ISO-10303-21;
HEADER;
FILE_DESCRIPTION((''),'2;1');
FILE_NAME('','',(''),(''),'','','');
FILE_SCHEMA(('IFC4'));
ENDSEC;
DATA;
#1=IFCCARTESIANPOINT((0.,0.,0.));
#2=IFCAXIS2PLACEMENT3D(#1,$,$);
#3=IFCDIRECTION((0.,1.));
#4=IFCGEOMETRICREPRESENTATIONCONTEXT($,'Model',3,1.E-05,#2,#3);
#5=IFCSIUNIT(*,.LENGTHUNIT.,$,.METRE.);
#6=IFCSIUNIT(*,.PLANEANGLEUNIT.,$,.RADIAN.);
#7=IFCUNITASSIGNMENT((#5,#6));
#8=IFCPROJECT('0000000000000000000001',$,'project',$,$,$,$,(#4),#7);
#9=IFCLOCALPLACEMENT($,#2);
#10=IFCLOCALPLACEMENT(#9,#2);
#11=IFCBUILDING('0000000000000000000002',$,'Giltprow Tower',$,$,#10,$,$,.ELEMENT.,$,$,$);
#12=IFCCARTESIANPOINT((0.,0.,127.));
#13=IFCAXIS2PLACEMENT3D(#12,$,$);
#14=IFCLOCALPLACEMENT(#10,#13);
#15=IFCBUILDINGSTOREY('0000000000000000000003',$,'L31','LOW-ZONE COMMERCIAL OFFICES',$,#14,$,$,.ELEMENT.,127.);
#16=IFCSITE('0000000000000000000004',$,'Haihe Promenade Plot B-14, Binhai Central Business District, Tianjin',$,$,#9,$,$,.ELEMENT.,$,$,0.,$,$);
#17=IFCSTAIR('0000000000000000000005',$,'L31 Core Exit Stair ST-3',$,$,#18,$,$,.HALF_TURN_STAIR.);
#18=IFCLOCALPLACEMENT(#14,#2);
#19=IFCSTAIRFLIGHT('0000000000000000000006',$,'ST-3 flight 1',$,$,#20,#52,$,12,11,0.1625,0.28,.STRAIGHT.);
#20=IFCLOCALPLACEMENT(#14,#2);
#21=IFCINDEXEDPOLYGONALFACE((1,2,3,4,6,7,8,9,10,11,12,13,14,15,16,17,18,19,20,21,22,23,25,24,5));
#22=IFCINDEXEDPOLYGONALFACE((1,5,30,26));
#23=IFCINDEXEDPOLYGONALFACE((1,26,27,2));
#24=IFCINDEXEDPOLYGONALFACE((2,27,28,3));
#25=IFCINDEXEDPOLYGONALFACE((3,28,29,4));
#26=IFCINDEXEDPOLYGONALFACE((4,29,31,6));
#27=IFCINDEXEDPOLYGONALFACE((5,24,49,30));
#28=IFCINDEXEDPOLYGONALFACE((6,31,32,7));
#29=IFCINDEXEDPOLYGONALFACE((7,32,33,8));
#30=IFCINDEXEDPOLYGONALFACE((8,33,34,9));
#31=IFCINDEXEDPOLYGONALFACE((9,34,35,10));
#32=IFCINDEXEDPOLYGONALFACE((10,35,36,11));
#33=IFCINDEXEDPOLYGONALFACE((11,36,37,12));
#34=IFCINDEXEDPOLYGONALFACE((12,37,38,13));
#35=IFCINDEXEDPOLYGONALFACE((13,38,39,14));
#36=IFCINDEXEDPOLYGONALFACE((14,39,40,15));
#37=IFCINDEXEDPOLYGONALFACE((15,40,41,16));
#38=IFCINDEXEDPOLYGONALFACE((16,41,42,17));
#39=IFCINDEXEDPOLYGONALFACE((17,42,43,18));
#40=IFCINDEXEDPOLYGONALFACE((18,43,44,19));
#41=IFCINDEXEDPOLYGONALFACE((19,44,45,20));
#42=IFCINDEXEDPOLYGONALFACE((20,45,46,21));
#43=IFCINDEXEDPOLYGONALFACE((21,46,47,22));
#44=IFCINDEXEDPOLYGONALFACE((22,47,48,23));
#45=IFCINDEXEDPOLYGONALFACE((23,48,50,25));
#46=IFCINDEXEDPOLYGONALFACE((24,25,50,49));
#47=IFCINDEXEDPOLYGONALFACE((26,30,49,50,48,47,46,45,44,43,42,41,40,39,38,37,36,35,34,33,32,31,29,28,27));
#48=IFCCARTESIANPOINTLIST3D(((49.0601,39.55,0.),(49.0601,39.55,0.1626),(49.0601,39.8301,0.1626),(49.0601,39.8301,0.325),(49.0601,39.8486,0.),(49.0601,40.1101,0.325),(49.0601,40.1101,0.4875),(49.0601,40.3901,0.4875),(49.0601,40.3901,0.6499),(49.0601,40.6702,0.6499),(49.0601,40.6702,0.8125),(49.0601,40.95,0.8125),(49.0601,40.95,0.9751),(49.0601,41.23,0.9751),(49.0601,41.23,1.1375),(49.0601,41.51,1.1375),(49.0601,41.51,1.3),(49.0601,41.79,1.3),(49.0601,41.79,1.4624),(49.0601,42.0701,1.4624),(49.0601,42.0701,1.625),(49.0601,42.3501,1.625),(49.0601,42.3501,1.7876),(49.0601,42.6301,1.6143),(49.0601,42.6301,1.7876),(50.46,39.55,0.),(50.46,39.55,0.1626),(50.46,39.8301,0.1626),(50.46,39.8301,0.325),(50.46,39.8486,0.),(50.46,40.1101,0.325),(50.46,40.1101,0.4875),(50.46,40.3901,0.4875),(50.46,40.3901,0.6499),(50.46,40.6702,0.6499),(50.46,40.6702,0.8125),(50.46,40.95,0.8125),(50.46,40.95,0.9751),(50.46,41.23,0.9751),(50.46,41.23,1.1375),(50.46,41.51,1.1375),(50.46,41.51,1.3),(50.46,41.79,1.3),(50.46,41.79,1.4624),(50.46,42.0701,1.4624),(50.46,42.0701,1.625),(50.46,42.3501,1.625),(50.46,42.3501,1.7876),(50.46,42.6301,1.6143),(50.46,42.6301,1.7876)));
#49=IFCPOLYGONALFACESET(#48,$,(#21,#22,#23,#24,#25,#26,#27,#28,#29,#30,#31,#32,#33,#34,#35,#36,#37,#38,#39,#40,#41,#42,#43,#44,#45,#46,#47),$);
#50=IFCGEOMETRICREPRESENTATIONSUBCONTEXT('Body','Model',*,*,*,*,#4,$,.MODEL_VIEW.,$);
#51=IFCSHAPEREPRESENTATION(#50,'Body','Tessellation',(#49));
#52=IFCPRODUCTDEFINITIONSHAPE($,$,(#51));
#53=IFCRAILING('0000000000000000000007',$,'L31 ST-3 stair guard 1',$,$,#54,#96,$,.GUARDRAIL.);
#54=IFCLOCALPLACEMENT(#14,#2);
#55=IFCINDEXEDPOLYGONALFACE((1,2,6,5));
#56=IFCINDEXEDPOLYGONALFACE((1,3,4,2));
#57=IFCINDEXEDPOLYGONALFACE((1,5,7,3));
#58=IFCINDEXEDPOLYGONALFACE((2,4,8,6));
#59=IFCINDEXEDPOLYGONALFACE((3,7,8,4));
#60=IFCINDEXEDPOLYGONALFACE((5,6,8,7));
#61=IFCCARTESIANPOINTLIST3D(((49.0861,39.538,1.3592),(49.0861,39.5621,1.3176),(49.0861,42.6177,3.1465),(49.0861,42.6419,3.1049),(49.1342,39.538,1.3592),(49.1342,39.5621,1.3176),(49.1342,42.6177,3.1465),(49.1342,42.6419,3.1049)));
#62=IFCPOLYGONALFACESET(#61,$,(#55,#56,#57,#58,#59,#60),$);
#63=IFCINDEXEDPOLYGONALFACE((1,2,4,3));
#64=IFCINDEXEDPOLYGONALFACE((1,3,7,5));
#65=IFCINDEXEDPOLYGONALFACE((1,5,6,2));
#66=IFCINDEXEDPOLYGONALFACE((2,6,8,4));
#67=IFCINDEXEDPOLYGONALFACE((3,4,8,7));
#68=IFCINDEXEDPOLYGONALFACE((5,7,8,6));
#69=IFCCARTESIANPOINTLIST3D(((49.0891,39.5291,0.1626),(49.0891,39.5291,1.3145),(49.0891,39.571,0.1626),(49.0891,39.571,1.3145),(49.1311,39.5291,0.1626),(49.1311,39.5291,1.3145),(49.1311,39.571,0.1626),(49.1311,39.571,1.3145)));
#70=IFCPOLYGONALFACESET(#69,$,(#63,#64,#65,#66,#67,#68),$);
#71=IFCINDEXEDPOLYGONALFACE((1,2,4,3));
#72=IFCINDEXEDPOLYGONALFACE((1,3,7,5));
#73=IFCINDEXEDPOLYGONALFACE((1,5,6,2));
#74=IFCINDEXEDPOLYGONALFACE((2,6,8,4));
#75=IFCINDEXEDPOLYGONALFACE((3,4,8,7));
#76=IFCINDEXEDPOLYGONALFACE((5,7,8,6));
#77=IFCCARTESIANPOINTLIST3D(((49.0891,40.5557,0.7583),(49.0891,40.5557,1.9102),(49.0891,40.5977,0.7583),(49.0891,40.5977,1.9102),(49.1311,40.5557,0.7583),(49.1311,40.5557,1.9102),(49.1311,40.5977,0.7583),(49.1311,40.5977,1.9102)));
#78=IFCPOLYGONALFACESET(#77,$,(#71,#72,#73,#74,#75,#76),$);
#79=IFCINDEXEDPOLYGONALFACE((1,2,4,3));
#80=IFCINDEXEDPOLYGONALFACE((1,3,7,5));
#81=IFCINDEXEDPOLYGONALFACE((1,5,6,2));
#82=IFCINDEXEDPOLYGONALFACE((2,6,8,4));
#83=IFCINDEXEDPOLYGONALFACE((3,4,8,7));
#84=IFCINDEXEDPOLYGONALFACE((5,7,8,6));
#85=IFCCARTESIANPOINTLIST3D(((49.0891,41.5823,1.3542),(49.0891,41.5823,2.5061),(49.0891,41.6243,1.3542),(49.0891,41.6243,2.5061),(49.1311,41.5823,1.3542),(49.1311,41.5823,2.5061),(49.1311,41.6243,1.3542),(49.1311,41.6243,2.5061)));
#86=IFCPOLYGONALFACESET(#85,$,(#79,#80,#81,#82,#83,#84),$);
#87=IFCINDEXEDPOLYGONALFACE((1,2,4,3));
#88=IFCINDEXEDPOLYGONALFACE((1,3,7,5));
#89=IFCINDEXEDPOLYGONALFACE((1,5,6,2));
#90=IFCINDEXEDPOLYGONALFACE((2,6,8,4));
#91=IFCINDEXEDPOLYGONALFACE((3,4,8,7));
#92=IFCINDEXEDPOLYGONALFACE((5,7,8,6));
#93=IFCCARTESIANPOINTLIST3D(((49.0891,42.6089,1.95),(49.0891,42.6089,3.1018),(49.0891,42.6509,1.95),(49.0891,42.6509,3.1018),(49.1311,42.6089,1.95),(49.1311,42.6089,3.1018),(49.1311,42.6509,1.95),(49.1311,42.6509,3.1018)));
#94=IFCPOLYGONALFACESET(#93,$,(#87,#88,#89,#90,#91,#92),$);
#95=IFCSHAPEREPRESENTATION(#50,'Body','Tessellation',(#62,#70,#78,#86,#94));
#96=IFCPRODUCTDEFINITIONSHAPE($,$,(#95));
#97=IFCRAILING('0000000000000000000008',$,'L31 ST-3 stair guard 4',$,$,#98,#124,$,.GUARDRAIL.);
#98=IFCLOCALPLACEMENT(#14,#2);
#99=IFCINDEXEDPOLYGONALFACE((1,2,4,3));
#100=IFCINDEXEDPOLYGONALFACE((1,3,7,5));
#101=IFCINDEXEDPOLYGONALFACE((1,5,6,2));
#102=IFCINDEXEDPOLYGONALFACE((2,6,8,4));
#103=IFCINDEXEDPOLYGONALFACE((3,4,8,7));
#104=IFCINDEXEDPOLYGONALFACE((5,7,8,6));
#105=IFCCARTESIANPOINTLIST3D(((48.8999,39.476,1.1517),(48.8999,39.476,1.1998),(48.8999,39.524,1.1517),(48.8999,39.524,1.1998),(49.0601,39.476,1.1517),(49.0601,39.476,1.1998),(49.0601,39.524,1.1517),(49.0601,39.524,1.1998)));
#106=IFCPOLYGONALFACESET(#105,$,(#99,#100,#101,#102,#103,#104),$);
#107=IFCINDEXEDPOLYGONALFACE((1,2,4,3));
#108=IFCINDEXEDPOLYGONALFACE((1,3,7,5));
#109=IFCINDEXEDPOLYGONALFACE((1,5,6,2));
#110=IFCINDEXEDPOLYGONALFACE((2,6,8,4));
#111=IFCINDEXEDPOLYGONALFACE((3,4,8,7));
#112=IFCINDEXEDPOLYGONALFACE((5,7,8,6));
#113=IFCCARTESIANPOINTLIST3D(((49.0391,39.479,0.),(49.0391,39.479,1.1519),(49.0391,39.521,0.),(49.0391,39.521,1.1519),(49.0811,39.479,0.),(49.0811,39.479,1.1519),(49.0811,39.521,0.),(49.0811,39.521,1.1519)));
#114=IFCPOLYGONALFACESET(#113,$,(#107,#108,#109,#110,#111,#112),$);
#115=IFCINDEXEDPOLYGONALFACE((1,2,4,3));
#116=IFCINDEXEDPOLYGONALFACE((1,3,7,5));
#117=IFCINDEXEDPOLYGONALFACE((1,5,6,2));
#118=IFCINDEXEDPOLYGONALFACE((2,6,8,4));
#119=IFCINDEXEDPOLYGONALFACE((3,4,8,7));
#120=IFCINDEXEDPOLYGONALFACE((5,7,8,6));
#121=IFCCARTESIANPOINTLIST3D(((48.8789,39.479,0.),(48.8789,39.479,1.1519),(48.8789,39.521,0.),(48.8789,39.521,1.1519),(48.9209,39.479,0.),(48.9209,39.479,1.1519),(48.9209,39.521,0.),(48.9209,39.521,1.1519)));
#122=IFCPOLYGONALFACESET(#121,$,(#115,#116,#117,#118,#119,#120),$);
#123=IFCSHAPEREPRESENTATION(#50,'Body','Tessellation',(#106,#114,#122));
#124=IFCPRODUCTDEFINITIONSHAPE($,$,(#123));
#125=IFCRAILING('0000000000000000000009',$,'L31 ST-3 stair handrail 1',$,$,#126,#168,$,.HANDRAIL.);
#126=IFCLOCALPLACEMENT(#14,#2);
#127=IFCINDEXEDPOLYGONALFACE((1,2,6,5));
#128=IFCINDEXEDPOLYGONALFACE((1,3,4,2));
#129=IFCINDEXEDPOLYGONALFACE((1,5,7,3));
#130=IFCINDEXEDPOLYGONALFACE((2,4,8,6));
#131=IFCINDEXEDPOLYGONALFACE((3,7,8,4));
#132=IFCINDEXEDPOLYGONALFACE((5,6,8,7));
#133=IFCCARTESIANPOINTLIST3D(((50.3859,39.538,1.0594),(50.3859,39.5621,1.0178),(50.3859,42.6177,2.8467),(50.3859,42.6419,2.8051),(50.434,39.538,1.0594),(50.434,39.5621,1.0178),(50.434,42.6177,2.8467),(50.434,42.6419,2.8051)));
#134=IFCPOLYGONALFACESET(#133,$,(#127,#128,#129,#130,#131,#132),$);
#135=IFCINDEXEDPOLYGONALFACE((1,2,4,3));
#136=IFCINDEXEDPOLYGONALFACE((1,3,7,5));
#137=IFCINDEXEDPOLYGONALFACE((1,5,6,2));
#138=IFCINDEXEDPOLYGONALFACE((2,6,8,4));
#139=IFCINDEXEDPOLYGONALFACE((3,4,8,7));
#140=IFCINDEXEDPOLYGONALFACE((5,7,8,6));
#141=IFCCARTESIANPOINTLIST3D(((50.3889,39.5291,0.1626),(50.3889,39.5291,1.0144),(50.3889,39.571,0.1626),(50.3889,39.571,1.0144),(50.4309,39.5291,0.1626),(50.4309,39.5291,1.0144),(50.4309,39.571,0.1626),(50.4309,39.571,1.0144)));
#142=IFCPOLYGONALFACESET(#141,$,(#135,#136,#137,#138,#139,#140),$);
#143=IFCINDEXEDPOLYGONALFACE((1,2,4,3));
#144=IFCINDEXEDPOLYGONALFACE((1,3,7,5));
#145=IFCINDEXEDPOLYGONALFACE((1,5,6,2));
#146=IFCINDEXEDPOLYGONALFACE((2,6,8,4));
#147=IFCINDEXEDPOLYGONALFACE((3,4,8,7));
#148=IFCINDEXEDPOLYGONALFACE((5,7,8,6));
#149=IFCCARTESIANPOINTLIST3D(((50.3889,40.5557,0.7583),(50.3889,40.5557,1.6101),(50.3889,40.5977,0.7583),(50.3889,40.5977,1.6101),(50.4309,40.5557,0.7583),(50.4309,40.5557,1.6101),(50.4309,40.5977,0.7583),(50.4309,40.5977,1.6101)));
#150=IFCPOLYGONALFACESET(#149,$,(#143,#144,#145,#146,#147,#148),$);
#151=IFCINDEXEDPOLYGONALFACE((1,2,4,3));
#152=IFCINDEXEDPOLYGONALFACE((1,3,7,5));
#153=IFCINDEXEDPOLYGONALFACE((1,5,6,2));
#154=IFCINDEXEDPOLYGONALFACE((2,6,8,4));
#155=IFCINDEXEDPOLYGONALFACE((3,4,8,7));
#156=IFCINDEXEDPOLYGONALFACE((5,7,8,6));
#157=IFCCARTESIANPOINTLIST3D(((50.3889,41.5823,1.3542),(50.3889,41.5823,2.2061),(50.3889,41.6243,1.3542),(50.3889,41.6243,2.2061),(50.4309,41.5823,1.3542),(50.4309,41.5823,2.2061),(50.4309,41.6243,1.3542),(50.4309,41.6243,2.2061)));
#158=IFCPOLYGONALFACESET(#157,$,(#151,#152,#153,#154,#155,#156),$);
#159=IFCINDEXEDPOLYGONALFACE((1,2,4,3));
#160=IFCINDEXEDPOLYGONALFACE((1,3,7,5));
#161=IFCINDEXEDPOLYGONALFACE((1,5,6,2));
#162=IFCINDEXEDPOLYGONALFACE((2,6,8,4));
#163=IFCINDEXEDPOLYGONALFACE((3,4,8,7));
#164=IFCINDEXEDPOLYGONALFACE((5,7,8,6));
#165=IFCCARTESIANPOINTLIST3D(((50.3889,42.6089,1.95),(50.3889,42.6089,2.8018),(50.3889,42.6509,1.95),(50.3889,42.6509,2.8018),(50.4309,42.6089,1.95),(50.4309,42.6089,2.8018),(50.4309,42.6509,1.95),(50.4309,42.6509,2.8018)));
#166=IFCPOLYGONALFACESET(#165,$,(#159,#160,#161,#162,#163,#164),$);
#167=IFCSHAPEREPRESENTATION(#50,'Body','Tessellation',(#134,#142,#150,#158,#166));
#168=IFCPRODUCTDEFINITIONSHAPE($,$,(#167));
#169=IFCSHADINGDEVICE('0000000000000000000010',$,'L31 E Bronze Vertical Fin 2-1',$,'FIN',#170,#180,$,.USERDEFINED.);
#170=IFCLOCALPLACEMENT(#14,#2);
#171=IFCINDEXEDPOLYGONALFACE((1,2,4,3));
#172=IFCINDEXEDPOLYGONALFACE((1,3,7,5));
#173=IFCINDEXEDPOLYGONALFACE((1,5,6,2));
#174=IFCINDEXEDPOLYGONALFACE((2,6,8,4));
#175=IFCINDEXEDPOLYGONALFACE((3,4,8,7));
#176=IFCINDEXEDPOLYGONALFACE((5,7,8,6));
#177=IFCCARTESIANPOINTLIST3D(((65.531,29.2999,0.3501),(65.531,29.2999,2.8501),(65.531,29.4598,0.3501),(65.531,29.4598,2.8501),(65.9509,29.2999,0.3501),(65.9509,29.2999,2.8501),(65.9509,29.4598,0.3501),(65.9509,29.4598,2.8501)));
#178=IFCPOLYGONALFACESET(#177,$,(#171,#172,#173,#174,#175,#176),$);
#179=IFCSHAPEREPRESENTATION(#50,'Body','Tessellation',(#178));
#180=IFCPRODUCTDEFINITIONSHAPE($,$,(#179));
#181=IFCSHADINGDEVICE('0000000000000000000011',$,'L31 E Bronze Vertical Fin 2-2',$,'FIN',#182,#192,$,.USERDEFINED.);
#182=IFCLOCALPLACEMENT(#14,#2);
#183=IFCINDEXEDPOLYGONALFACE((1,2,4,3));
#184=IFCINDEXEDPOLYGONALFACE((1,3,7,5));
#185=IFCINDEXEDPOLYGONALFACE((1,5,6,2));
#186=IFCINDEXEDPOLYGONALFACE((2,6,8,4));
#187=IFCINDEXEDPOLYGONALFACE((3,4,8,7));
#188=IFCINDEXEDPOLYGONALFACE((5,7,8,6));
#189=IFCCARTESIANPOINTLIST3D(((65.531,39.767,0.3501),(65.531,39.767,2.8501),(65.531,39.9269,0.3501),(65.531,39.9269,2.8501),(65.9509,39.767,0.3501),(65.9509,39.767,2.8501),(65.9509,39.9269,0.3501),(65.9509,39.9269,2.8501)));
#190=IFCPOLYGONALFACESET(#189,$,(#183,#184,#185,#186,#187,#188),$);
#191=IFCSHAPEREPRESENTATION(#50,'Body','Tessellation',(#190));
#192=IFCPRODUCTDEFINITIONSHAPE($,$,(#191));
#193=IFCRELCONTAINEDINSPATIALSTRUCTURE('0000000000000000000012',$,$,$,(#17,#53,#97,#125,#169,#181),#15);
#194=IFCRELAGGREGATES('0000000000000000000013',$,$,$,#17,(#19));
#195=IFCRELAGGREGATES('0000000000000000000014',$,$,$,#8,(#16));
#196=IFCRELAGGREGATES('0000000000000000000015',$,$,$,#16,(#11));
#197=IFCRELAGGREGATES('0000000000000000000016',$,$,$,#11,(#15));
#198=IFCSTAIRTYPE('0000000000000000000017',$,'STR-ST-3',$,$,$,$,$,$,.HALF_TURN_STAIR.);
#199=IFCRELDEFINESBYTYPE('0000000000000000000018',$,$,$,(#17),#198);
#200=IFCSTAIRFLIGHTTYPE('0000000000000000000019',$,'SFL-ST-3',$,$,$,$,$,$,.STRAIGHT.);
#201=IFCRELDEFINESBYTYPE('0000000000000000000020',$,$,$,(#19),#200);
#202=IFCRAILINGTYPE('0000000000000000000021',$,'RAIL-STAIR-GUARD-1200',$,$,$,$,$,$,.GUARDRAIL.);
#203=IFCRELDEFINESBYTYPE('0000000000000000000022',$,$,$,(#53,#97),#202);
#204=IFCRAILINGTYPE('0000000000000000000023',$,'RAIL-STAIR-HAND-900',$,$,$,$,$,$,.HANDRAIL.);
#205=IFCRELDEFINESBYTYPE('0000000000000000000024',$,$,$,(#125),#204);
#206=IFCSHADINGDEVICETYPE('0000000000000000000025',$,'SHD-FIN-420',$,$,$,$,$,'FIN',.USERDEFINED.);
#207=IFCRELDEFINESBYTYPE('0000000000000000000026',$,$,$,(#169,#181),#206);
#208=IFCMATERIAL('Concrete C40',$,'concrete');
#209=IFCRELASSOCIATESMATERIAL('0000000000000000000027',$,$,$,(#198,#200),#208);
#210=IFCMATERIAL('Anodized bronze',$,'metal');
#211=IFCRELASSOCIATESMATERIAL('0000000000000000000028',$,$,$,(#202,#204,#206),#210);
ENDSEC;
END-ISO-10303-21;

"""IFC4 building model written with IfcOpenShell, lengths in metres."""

from ifc_helpers import new_model, si_unit, direction, frame, origin, origin_2d, place, context, subcontext, project, spatial, polyline, rectangle, outline, extrude, source, transform, mapped, material, type_object, element, aggregate, save


model = new_model("IFC4")

# Units and contexts
model_context = context("Model", 3, precision=1e-05, world=origin(), true_north=direction((0.0, 1.0)))
body_context = subcontext(model_context, "Body", "Model", "MODEL_VIEW")
ifc_project = project(units=[si_unit("LENGTHUNIT", "METRE"), si_unit("PLANEANGLEUNIT", "RADIAN")], contexts=[model_context])

# Site, building, storey
site_placement = place(None, origin())
site = spatial("IfcSite", under=ifc_project, at=site_placement, Name="Haihe Promenade Plot B-14, Binhai Central Business District, Tianjin", CompositionType="ELEMENT", RefElevation=0.0)
building_placement = place(site_placement, origin())
building = spatial("IfcBuilding", under=site, at=building_placement, Name="Giltprow Tower", CompositionType="ELEMENT")
storey_placement = place(building_placement, frame((0.0, 0.0, 127.0)))
storey = spatial("IfcBuildingStorey", under=building, at=storey_placement, Name="L31", Description="LOW-ZONE COMMERCIAL OFFICES", CompositionType="ELEMENT", Elevation=127.0)

# Shared definitions
ifc_material_1 = material(Name="Concrete C40", Category="concrete")

# Stair, stair flight
stair_type = type_object("IfcStairType", Name="STR-ST-3", PredefinedType="HALF_TURN_STAIR", material=ifc_material_1)
stair_placement = place(storey_placement, origin())
stair = element("IfcStair", 1, at=stair_placement, inside=storey, type_object=stair_type, Name="L31 Core Exit Stair ST-3", PredefinedType="HALF_TURN_STAIR")
stair_flight_type = type_object("IfcStairFlightType", Name="SFL-ST-3", PredefinedType="STRAIGHT", material=ifc_material_1)
stair_flight_placement = place(storey_placement, frame((49.76, 39.55, 0.0), z_axis=(0.0, 0.0, 1.0), x_axis=(0.0, 1.0, 0.0)))
stair_flight = element("IfcStairFlight", 2, at=stair_flight_placement, type_object=stair_flight_type, Name="ST-3 flight 1", NumberOfRisers=12, NumberOfTreads=11, PredefinedType="STRAIGHT", RiserHeight=0.1625, TreadLength=0.28, context=body_context, shape_type="SweptSolid", body=[
    extrude(outline(polyline([(0.0, 0.0), (0.0, 0.1626), (0.28, 0.1626), (0.28, 0.325), (0.5601, 0.325), (0.5601, 0.4875), (0.8401, 0.4875), (0.8401, 0.6499), (1.1201, 0.6499), (1.1201, 0.8125), (1.3999, 0.8125), (1.3999, 0.9751), (1.6799, 0.9751), (1.6799, 1.1375), (1.96, 1.1375), (1.96, 1.3), (2.24, 1.3), (2.24, 1.4624), (2.52, 1.4624), (2.52, 1.625), (2.8, 1.625), (2.8, 1.7876), (3.0801, 1.7876), (3.0801, 1.95), (3.0801, 1.6143), (0.2986, 0.0), (0.0, 0.0)])), frame((0.0, 0.7, 0.0), z_axis=(0.0, -1.0, 0.0), x_axis=(1.0, 0.0, 0.0)), (0.0, 0.0, 1.0), 1.3999),
])
aggregate(stair, [stair_flight])

# Railings
ifc_material_2 = material(Name="Anodized bronze", Category="metal")
railing_type_1 = type_object("IfcRailingType", Name="RAIL-STAIR-GUARD-1200", PredefinedType="GUARDRAIL", material=ifc_material_2)
railing_1_placement = place(storey_placement, frame((49.1101, 39.55, 0.1626)))
element("IfcRailing", 3, at=railing_1_placement, inside=storey, type_object=railing_type_1, Name="L31 ST-3 stair guard 1", PredefinedType="GUARDRAIL", context=body_context, shape_type="SweptSolid", body=[
    extrude(rectangle(XDim=0.0481, YDim=0.0481, at=origin_2d()), frame((0.0, 0.0, 1.1758), z_axis=(0.0, 0.864903, 0.501939), x_axis=(-1.0, 0.0, 0.0)), (0.0, 0.0, 1.0), 3.5608),
    extrude(rectangle(XDim=0.042, YDim=0.042, at=origin_2d()), origin(), (0.0, 0.0, 1.0), 1.1519),
    extrude(rectangle(XDim=0.042, YDim=0.042, at=origin_2d()), frame((0.0, 1.0266, 0.5957)), (0.0, 0.0, 1.0), 1.1519),
    extrude(rectangle(XDim=0.042, YDim=0.042, at=origin_2d()), frame((0.0, 2.0532, 1.1917)), (0.0, 0.0, 1.0), 1.1519),
    extrude(rectangle(XDim=0.042, YDim=0.042, at=origin_2d()), frame((0.0, 3.0798, 1.7874)), (0.0, 0.0, 1.0), 1.1519),
])
railing_2_placement = place(storey_placement, frame((49.0601, 39.5, 0.0)))
element("IfcRailing", 4, at=railing_2_placement, inside=storey, type_object=railing_type_1, Name="L31 ST-3 stair guard 4", PredefinedType="GUARDRAIL", context=body_context, shape_type="SweptSolid", body=[
    extrude(rectangle(XDim=0.0481, YDim=0.0481, at=origin_2d()), frame((0.0, 0.0, 1.1758), z_axis=(-1.0, 0.0, 0.0), x_axis=(0.0, -1.0, 0.0)), (0.0, 0.0, 1.0), 0.1602),
    extrude(rectangle(XDim=0.042, YDim=0.042, at=origin_2d()), origin(), (0.0, 0.0, 1.0), 1.1519),
    extrude(rectangle(XDim=0.042, YDim=0.042, at=origin_2d()), frame((-0.1602, 0.0, 0.0)), (0.0, 0.0, 1.0), 1.1519),
])
railing_type_2 = type_object("IfcRailingType", Name="RAIL-STAIR-HAND-900", PredefinedType="HANDRAIL", material=ifc_material_2)
railing_3_placement = place(storey_placement, frame((50.4099, 39.55, 0.1626)))
element("IfcRailing", 5, at=railing_3_placement, inside=storey, type_object=railing_type_2, Name="L31 ST-3 stair handrail 1", PredefinedType="HANDRAIL", context=body_context, shape_type="SweptSolid", body=[
    extrude(rectangle(XDim=0.0481, YDim=0.0481, at=origin_2d()), frame((0.0, 0.0, 0.876), z_axis=(0.0, 0.864903, 0.501939), x_axis=(-1.0, 0.0, 0.0)), (0.0, 0.0, 1.0), 3.5608),
    extrude(rectangle(XDim=0.042, YDim=0.042, at=origin_2d()), origin(), (0.0, 0.0, 1.0), 0.8518),
    extrude(rectangle(XDim=0.042, YDim=0.042, at=origin_2d()), frame((0.0, 1.0266, 0.5957)), (0.0, 0.0, 1.0), 0.8518),
    extrude(rectangle(XDim=0.042, YDim=0.042, at=origin_2d()), frame((0.0, 2.0532, 1.1917)), (0.0, 0.0, 1.0), 0.8518),
    extrude(rectangle(XDim=0.042, YDim=0.042, at=origin_2d()), frame((0.0, 3.0798, 1.7874)), (0.0, 0.0, 1.0), 0.8518),
])

# Shading devices
shading_device_type = type_object("IfcShadingDeviceType", Name="SHD-FIN-420", ElementType="FIN", PredefinedType="USERDEFINED", material=ifc_material_2)
shared_shape_1 = source(origin(), body_context, "Body", "SweptSolid", [
    extrude(rectangle(XDim=0.4199, YDim=0.1599, at=origin_2d()), origin(), (0.0, 0.0, 1.0), 2.5),
])
for number, where, z_axis, x_axis, name in (
    (6, (65.741, 29.3799, 0.3501), (0.0, 0.0, 1.0), (1.0, 0.0, 0.0), "L31 E Bronze Vertical Fin 2-1"),
    (7, (65.741, 39.8469, 0.3501), (0.0, 0.0, 1.0), (1.0, 0.0, 0.0), "L31 E Bronze Vertical Fin 2-2"),
):
    element("IfcShadingDevice", number, at=place(storey_placement, frame(where, z_axis=z_axis, x_axis=x_axis)), inside=storey, type_object=shading_device_type, Name=name, ObjectType="FIN", PredefinedType="USERDEFINED", context=body_context, shape_type="MappedRepresentation", body=[
        mapped(shared_shape_1, transform((0.0, 0.0, 0.0), x_axis=(1.0, 0.0, 0.0), y_axis=(0.0, 1.0, 0.0), z_axis=(0.0, 0.0, 1.0), scale=1.0)),
    ])

save(model, "model.ifc")
